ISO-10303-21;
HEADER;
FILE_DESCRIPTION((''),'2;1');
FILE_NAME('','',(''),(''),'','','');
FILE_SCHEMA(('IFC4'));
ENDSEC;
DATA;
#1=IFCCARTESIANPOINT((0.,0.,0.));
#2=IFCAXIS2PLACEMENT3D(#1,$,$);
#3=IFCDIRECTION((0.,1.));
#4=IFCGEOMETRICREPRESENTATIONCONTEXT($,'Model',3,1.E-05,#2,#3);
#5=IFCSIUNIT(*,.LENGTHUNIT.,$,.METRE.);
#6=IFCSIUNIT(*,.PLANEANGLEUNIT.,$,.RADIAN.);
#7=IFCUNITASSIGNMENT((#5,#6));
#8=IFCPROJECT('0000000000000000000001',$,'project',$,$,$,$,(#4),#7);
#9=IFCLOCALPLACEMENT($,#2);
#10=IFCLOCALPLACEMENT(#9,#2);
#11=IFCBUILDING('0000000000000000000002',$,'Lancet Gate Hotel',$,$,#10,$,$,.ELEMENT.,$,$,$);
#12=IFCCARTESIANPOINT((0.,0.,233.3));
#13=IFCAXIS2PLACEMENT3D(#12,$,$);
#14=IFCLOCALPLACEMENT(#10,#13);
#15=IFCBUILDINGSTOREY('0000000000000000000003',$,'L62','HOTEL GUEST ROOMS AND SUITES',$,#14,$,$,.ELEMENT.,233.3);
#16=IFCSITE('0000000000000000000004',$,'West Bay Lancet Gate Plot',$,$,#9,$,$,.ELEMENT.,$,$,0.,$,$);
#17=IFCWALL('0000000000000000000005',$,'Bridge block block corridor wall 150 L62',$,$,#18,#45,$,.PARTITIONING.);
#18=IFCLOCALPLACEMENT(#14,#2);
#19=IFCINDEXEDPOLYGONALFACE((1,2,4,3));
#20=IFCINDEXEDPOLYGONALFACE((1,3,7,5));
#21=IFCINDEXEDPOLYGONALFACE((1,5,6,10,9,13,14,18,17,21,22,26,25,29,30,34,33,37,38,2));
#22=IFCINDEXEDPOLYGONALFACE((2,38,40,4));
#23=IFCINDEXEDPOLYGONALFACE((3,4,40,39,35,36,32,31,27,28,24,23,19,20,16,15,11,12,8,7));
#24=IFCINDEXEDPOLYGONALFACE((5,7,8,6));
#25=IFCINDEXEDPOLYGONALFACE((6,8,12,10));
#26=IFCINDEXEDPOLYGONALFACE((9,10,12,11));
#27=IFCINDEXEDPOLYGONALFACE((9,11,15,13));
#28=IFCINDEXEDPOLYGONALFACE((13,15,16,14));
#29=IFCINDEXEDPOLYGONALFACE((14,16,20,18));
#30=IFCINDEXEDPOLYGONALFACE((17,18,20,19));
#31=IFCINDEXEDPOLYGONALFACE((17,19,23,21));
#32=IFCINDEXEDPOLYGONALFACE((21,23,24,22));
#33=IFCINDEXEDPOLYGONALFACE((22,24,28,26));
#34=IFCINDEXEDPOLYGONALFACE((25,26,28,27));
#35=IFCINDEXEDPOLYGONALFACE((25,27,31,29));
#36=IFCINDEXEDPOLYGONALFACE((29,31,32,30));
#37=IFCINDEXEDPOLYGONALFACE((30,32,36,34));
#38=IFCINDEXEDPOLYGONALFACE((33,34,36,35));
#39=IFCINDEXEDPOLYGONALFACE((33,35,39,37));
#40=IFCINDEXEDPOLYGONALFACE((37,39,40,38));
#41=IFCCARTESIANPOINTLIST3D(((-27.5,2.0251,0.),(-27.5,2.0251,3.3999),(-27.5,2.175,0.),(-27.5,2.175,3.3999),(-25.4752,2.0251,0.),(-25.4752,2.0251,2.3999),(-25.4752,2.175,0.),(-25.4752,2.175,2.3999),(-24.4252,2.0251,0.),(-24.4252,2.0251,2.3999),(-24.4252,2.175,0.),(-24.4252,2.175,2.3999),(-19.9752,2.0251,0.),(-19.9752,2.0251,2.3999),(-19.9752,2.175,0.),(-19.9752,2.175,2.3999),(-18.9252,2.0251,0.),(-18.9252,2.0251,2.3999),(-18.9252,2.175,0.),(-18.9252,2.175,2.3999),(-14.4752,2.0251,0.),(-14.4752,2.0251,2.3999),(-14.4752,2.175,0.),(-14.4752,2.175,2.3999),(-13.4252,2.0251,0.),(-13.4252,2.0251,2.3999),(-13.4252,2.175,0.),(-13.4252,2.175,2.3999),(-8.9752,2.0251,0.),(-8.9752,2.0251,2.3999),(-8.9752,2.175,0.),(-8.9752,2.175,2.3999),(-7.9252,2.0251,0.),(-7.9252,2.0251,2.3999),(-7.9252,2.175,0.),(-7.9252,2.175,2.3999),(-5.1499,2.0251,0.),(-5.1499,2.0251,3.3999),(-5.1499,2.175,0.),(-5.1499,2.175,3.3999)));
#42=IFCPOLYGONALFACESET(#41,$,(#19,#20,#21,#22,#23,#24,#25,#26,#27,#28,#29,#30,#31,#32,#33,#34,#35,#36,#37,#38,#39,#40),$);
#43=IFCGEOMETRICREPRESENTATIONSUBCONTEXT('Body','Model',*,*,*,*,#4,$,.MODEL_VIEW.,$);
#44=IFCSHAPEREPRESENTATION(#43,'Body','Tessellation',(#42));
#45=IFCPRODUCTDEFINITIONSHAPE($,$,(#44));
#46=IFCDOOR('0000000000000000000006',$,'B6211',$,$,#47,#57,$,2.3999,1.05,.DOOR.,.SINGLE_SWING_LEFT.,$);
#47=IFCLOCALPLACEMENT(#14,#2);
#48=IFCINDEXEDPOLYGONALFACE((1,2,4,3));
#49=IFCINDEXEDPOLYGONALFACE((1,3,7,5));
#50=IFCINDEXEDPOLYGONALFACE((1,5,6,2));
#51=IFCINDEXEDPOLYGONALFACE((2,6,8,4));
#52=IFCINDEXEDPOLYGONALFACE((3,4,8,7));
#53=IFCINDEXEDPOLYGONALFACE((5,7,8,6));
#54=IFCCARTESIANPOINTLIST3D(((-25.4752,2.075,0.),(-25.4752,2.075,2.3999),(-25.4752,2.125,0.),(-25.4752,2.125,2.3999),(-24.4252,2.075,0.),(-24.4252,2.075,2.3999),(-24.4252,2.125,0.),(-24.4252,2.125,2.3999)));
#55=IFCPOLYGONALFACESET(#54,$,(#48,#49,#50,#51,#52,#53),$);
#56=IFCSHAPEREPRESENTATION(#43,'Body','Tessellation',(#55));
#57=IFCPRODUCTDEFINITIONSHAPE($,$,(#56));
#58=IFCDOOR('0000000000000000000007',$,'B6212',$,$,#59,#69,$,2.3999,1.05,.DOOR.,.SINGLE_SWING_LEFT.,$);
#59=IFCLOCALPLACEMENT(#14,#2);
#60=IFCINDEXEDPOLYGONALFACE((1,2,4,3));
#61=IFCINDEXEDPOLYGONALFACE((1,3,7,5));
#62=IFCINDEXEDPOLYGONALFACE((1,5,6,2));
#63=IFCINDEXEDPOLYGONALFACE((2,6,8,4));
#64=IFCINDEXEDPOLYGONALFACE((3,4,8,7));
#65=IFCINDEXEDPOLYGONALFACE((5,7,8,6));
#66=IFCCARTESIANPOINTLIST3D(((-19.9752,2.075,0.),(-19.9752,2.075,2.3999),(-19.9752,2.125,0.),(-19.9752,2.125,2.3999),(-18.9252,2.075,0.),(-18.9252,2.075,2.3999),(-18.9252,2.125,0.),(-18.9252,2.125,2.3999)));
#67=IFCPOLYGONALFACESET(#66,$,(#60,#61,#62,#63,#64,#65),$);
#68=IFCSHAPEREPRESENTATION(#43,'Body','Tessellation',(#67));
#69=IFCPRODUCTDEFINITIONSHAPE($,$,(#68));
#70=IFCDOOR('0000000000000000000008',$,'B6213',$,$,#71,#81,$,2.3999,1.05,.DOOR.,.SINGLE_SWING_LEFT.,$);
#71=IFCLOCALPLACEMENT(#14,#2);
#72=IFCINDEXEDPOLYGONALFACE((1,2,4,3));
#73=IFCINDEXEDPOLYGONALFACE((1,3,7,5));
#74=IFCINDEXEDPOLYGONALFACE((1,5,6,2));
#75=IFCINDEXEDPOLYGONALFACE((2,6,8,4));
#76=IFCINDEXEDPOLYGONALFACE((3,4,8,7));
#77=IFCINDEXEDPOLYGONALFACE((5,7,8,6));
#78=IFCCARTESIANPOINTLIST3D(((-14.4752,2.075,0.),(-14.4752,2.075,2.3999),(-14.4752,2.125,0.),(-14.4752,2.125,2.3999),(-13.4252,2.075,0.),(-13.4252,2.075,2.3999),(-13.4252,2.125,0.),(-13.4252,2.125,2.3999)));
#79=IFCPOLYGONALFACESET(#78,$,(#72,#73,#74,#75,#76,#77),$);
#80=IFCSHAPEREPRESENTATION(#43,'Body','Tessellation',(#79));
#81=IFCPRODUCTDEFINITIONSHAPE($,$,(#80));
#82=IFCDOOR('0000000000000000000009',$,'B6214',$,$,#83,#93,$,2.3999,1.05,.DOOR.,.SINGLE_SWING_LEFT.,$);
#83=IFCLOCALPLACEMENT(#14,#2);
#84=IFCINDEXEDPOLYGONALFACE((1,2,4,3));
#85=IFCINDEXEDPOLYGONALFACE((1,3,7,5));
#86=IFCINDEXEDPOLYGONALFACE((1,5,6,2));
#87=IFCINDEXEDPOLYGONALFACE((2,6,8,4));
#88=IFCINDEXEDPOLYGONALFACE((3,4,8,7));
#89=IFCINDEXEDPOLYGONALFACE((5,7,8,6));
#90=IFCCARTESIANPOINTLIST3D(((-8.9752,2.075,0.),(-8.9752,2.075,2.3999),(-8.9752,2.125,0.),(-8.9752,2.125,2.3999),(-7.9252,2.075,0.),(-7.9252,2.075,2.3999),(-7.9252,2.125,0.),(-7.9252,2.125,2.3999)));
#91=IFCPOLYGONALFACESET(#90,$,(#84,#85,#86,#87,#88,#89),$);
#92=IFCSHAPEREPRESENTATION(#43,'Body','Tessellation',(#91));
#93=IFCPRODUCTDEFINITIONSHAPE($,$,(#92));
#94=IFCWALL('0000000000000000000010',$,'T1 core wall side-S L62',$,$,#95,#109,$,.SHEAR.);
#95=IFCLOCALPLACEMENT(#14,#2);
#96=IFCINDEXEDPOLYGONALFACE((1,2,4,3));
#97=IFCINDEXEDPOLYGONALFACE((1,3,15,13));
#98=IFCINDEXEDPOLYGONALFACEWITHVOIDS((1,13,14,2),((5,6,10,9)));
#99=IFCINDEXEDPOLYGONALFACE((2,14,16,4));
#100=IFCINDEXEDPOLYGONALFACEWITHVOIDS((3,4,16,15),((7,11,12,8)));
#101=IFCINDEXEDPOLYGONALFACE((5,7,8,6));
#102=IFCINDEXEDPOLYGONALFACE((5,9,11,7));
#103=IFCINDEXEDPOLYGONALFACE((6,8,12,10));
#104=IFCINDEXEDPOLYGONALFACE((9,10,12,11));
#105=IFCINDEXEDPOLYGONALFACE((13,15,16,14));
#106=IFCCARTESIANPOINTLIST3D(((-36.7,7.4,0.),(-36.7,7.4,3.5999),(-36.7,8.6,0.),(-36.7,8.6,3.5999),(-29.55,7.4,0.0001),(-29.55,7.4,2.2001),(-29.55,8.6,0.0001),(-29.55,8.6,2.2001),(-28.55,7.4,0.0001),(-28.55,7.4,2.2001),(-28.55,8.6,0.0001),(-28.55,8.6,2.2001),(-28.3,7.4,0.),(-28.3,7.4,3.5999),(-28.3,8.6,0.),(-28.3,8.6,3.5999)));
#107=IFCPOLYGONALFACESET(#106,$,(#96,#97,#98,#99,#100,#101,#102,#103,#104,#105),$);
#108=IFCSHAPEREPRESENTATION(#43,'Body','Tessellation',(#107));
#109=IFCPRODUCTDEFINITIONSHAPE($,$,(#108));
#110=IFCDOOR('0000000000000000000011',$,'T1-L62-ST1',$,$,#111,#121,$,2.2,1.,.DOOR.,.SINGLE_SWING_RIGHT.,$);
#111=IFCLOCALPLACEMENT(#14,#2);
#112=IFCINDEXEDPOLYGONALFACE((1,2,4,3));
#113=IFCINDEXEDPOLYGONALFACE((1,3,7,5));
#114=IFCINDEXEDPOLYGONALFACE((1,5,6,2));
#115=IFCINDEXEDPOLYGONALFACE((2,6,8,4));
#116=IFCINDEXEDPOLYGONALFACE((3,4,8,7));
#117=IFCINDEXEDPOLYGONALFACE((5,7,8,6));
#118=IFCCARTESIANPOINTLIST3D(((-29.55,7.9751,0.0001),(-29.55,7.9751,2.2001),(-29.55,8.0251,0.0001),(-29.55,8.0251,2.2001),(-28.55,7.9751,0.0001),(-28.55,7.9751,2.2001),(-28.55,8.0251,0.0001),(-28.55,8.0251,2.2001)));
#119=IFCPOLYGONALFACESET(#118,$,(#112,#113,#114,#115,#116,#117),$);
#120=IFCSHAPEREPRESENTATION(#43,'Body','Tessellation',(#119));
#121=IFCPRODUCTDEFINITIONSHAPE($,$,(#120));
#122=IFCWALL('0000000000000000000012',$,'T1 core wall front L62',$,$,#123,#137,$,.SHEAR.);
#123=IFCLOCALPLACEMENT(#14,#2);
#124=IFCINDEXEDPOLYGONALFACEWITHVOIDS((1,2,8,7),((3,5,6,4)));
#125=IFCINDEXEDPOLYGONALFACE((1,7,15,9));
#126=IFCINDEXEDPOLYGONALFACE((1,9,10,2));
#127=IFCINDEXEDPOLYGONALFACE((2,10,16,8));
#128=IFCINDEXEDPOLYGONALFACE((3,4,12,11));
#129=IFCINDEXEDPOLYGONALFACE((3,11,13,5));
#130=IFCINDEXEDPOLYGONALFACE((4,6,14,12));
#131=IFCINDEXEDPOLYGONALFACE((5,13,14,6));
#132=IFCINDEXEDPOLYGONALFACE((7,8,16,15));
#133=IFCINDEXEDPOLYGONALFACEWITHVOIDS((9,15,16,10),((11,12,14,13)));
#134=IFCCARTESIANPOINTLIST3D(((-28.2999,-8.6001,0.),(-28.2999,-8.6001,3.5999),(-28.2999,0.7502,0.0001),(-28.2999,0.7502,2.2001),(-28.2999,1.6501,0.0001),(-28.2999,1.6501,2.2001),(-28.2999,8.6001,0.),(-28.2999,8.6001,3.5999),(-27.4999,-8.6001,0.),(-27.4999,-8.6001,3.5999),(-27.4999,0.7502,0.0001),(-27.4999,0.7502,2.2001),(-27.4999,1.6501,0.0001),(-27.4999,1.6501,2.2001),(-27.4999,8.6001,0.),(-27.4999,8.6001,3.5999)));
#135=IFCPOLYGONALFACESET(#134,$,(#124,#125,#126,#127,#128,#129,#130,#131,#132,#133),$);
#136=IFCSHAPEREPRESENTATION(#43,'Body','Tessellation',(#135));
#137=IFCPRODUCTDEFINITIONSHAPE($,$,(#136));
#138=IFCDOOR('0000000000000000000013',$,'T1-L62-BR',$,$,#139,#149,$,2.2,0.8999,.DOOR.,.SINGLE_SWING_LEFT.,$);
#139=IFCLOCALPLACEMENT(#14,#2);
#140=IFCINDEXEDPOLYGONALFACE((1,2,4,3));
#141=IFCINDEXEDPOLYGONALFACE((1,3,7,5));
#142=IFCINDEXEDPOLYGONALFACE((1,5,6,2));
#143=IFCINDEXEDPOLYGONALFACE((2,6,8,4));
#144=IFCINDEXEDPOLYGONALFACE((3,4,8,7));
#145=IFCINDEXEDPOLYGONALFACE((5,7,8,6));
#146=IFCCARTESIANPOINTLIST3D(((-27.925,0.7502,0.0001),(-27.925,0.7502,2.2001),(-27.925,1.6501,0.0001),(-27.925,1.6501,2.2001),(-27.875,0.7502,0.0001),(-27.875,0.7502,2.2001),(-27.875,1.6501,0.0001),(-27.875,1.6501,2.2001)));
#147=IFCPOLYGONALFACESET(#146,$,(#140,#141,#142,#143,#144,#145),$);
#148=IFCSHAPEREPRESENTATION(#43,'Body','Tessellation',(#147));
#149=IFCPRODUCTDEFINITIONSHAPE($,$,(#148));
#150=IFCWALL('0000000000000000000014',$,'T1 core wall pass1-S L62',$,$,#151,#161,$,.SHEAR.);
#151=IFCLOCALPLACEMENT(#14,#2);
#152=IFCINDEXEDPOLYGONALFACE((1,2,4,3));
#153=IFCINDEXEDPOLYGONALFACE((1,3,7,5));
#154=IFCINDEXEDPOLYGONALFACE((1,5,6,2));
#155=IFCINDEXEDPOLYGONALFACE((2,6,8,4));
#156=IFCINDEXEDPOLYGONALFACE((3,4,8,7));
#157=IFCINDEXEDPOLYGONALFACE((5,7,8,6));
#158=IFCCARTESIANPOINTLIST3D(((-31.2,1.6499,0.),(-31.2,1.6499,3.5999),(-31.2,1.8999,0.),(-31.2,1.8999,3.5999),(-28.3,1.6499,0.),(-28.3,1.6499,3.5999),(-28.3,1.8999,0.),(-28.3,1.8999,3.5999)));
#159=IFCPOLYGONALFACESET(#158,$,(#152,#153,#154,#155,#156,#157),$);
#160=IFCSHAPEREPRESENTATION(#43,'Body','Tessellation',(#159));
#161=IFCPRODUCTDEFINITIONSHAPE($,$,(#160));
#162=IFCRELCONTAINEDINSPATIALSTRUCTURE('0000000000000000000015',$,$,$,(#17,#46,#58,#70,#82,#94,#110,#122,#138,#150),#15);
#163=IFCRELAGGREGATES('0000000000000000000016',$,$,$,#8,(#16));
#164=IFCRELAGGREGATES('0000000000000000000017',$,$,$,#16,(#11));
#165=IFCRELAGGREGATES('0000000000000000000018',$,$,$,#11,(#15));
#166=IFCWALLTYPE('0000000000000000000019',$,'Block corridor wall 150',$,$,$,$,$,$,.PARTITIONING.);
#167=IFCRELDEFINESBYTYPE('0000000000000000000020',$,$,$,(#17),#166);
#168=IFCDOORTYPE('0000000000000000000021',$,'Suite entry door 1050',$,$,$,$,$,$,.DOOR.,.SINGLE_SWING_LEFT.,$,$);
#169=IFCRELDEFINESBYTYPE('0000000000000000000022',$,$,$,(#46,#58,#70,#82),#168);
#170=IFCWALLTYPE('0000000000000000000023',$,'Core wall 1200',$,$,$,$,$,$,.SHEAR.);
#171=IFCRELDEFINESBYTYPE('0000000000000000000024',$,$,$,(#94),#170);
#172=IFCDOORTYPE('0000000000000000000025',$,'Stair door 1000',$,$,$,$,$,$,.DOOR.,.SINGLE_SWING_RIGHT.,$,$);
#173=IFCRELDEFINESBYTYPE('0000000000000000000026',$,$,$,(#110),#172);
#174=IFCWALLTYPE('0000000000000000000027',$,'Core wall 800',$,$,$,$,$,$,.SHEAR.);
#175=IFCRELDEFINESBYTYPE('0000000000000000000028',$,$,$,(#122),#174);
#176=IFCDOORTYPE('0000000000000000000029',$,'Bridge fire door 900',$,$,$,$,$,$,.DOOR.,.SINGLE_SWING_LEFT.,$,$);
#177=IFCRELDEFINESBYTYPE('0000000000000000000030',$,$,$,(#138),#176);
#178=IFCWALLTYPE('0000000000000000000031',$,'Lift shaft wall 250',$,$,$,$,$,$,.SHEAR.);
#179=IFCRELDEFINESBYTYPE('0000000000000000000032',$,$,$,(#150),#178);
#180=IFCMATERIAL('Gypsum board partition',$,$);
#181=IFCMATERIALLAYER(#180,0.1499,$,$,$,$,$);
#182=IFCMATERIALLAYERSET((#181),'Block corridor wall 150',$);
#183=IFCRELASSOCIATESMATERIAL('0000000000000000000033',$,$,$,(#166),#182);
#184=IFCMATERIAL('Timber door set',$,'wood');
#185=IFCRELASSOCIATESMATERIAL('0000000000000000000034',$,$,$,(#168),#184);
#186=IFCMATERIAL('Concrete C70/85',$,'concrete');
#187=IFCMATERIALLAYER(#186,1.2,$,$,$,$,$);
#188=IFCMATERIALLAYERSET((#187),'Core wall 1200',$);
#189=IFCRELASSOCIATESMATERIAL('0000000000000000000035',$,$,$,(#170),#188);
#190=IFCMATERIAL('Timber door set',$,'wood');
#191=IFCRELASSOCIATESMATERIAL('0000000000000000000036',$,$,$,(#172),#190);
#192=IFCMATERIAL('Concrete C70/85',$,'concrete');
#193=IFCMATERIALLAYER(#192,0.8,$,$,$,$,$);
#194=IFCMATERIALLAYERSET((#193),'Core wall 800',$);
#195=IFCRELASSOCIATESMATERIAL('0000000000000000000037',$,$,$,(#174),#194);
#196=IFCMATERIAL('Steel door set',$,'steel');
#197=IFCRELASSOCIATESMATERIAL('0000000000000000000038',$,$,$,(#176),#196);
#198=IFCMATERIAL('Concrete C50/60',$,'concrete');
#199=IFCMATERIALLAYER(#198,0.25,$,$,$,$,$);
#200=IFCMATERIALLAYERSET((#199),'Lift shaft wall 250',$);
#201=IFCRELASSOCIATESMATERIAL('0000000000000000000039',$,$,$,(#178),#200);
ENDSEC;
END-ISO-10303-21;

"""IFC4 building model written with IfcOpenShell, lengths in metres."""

from ifc_helpers import new_model, si_unit, direction, frame, frame_2d, origin, place, context, subcontext, project, spatial, rectangle, extrude, material, layer, layer_set, type_object, element, fill, save


model = new_model("IFC4")

# Units and contexts
model_context = context("Model", 3, precision=1e-05, world=origin(), true_north=direction((0.0, 1.0)))
body_context = subcontext(model_context, "Body", "Model", "MODEL_VIEW")
ifc_project = project(units=[si_unit("LENGTHUNIT", "METRE"), si_unit("PLANEANGLEUNIT", "RADIAN")], contexts=[model_context])

# Site, building, storey
site_placement = place(None, origin())
site = spatial("IfcSite", under=ifc_project, at=site_placement, Name="West Bay Lancet Gate Plot", CompositionType="ELEMENT", RefElevation=0.0)
building_placement = place(site_placement, origin())
building = spatial("IfcBuilding", under=site, at=building_placement, Name="Lancet Gate Hotel", CompositionType="ELEMENT")
storey_placement = place(building_placement, frame((0.0, 0.0, 233.3)))
storey = spatial("IfcBuildingStorey", under=building, at=storey_placement, Name="L62", Description="HOTEL GUEST ROOMS AND SUITES", CompositionType="ELEMENT", Elevation=233.3)

# Wall, openings, doors
ifc_material_1 = material(Name="Gypsum board partition")
ifc_layer_1 = layer(ifc_material_1, 0.1499)
ifc_layer_set_1 = layer_set([ifc_layer_1], Name="Block corridor wall 150")
wall_type_1 = type_object("IfcWallType", Name="Block corridor wall 150", PredefinedType="PARTITIONING", material=ifc_layer_set_1)
ifc_material_2 = material(Name="Timber door set", Category="wood")
door_type_1 = type_object("IfcDoorType", Name="Suite entry door 1050", OperationType="SINGLE_SWING_LEFT", PredefinedType="DOOR", material=ifc_material_2)
wall_1_placement = place(storey_placement, frame((-27.5, 2.1001, 0.0), z_axis=(0.0, 0.0, 1.0), x_axis=(1.0, 0.0, 0.0)))
wall_1 = element("IfcWall", 1, at=wall_1_placement, inside=storey, type_object=wall_type_1, Name="Bridge block block corridor wall 150 L62", PredefinedType="PARTITIONING", context=body_context, shape_type="SweptSolid", body=[
    extrude(rectangle(XDim=22.3501, YDim=0.1499, at=frame_2d((11.175, 0.0))), origin(), (0.0, 0.0, 1.0), 3.3999),
])
opening_1_placement = place(wall_1_placement, frame((2.0249, 0.0, 0.0)))
opening_1 = element("IfcOpeningElement", 2, at=opening_1_placement, cuts=wall_1, PredefinedType="OPENING", context=body_context, shape_type="SweptSolid", body=[
    extrude(rectangle(XDim=1.05, YDim=2.3999, at=frame_2d((0.5249, 1.2))), frame((0.0, 0.085, 0.0), z_axis=(0.0, -1.0, 0.0), x_axis=(1.0, 0.0, 0.0)), (0.0, 0.0, 1.0), 0.1699),
])
opening_2_placement = place(wall_1_placement, frame((7.5249, 0.0, 0.0)))
opening_2 = element("IfcOpeningElement", 3, at=opening_2_placement, cuts=wall_1, PredefinedType="OPENING", context=body_context, shape_type="SweptSolid", body=[
    extrude(rectangle(XDim=1.05, YDim=2.3999, at=frame_2d((0.5249, 1.2))), frame((0.0, 0.085, 0.0), z_axis=(0.0, -1.0, 0.0), x_axis=(1.0, 0.0, 0.0)), (0.0, 0.0, 1.0), 0.1699),
])
opening_3_placement = place(wall_1_placement, frame((13.0249, 0.0, 0.0)))
opening_3 = element("IfcOpeningElement", 4, at=opening_3_placement, cuts=wall_1, PredefinedType="OPENING", context=body_context, shape_type="SweptSolid", body=[
    extrude(rectangle(XDim=1.05, YDim=2.3999, at=frame_2d((0.5249, 1.2))), frame((0.0, 0.085, 0.0), z_axis=(0.0, -1.0, 0.0), x_axis=(1.0, 0.0, 0.0)), (0.0, 0.0, 1.0), 0.1699),
])
opening_4_placement = place(wall_1_placement, frame((18.5249, 0.0, 0.0)))
opening_4 = element("IfcOpeningElement", 5, at=opening_4_placement, cuts=wall_1, PredefinedType="OPENING", context=body_context, shape_type="SweptSolid", body=[
    extrude(rectangle(XDim=1.05, YDim=2.3999, at=frame_2d((0.5249, 1.2))), frame((0.0, 0.085, 0.0), z_axis=(0.0, -1.0, 0.0), x_axis=(1.0, 0.0, 0.0)), (0.0, 0.0, 1.0), 0.1699),
])
door_1_placement = place(opening_1_placement, origin())
door_1 = element("IfcDoor", 6, at=door_1_placement, inside=storey, type_object=door_type_1, Name="B6211", OperationType="SINGLE_SWING_LEFT", OverallHeight=2.3999, OverallWidth=1.05, PredefinedType="DOOR", context=body_context, shape_type="SweptSolid", body=[
    extrude(rectangle(XDim=1.05, YDim=2.3999, at=frame_2d((0.5249, 1.2))), frame((0.0, 0.0249, 0.0), z_axis=(0.0, -1.0, 0.0), x_axis=(1.0, 0.0, 0.0)), (0.0, 0.0, 1.0), 0.05),
])
fill(opening_1, door_1)
door_2_placement = place(opening_2_placement, origin())
door_2 = element("IfcDoor", 7, at=door_2_placement, inside=storey, type_object=door_type_1, Name="B6212", OperationType="SINGLE_SWING_LEFT", OverallHeight=2.3999, OverallWidth=1.05, PredefinedType="DOOR", context=body_context, shape_type="SweptSolid", body=[
    extrude(rectangle(XDim=1.05, YDim=2.3999, at=frame_2d((0.5249, 1.2))), frame((0.0, 0.0249, 0.0), z_axis=(0.0, -1.0, 0.0), x_axis=(1.0, 0.0, 0.0)), (0.0, 0.0, 1.0), 0.05),
])
fill(opening_2, door_2)
door_3_placement = place(opening_3_placement, origin())
door_3 = element("IfcDoor", 8, at=door_3_placement, inside=storey, type_object=door_type_1, Name="B6213", OperationType="SINGLE_SWING_LEFT", OverallHeight=2.3999, OverallWidth=1.05, PredefinedType="DOOR", context=body_context, shape_type="SweptSolid", body=[
    extrude(rectangle(XDim=1.05, YDim=2.3999, at=frame_2d((0.5249, 1.2))), frame((0.0, 0.0249, 0.0), z_axis=(0.0, -1.0, 0.0), x_axis=(1.0, 0.0, 0.0)), (0.0, 0.0, 1.0), 0.05),
])
fill(opening_3, door_3)
door_4_placement = place(opening_4_placement, origin())
door_4 = element("IfcDoor", 9, at=door_4_placement, inside=storey, type_object=door_type_1, Name="B6214", OperationType="SINGLE_SWING_LEFT", OverallHeight=2.3999, OverallWidth=1.05, PredefinedType="DOOR", context=body_context, shape_type="SweptSolid", body=[
    extrude(rectangle(XDim=1.05, YDim=2.3999, at=frame_2d((0.5249, 1.2))), frame((0.0, 0.0249, 0.0), z_axis=(0.0, -1.0, 0.0), x_axis=(1.0, 0.0, 0.0)), (0.0, 0.0, 1.0), 0.05),
])
fill(opening_4, door_4)

# Walls, openings, doors
ifc_material_3 = material(Name="Concrete C70/85", Category="concrete")
ifc_layer_2 = layer(ifc_material_3, 1.2)
ifc_layer_set_2 = layer_set([ifc_layer_2], Name="Core wall 1200")
wall_type_2 = type_object("IfcWallType", Name="Core wall 1200", PredefinedType="SHEAR", material=ifc_layer_set_2)
wall_2_placement = place(storey_placement, frame((-28.3, 8.0, 0.0), z_axis=(0.0, 0.0, 1.0), x_axis=(-1.0, 0.0, 0.0)))
wall_2 = element("IfcWall", 10, at=wall_2_placement, inside=storey, type_object=wall_type_2, Name="T1 core wall side-S L62", PredefinedType="SHEAR", context=body_context, shape_type="SweptSolid", body=[
    extrude(rectangle(XDim=8.3999, YDim=1.2, at=frame_2d((4.2, 0.0))), origin(), (0.0, 0.0, 1.0), 3.5999),
])
opening_5_placement = place(wall_2_placement, frame((0.25, 0.0, 0.0)))
opening_5 = element("IfcOpeningElement", 11, at=opening_5_placement, cuts=wall_2, PredefinedType="OPENING", context=body_context, shape_type="SweptSolid", body=[
    extrude(rectangle(XDim=1.0, YDim=2.2, at=frame_2d((0.5, 1.1001))), frame((0.0, 0.6099, 0.0), z_axis=(0.0, -1.0, 0.0), x_axis=(1.0, 0.0, 0.0)), (0.0, 0.0, 1.0), 1.22),
])
ifc_material_4 = material(Name="Timber door set", Category="wood")
door_type_2 = type_object("IfcDoorType", Name="Stair door 1000", OperationType="SINGLE_SWING_RIGHT", PredefinedType="DOOR", material=ifc_material_4)
door_5_placement = place(opening_5_placement, origin())
door_5 = element("IfcDoor", 12, at=door_5_placement, inside=storey, type_object=door_type_2, Name="T1-L62-ST1", OperationType="SINGLE_SWING_RIGHT", OverallHeight=2.2, OverallWidth=1.0, PredefinedType="DOOR", context=body_context, shape_type="SweptSolid", body=[
    extrude(rectangle(XDim=1.0, YDim=2.2, at=frame_2d((0.5, 1.1001))), frame((0.0, 0.0249, 0.0), z_axis=(0.0, -1.0, 0.0), x_axis=(1.0, 0.0, 0.0)), (0.0, 0.0, 1.0), 0.05),
])
fill(opening_5, door_5)
ifc_material_5 = material(Name="Concrete C70/85", Category="concrete")
ifc_layer_3 = layer(ifc_material_5, 0.8)
ifc_layer_set_3 = layer_set([ifc_layer_3], Name="Core wall 800")
wall_type_3 = type_object("IfcWallType", Name="Core wall 800", PredefinedType="SHEAR", material=ifc_layer_set_3)
wall_3_placement = place(storey_placement, frame((-27.8999, 8.6001, 0.0), z_axis=(0.0, 0.0, 1.0), x_axis=(0.0, -1.0, 0.0)))
wall_3 = element("IfcWall", 13, at=wall_3_placement, inside=storey, type_object=wall_type_3, Name="T1 core wall front L62", PredefinedType="SHEAR", context=body_context, shape_type="SweptSolid", body=[
    extrude(rectangle(XDim=17.2002, YDim=0.8, at=frame_2d((8.6001, 0.0))), origin(), (0.0, 0.0, 1.0), 3.5999),
])
opening_6_placement = place(wall_3_placement, frame((6.95, 0.0, 0.0)))
opening_6 = element("IfcOpeningElement", 14, at=opening_6_placement, cuts=wall_3, PredefinedType="OPENING", context=body_context, shape_type="SweptSolid", body=[
    extrude(rectangle(XDim=0.8999, YDim=2.2, at=frame_2d((0.45, 1.1001))), frame((0.0, 0.4099, 0.0), z_axis=(0.0, -1.0, 0.0), x_axis=(1.0, 0.0, 0.0)), (0.0, 0.0, 1.0), 0.8201),
])
ifc_material_6 = material(Name="Steel door set", Category="steel")
door_type_3 = type_object("IfcDoorType", Name="Bridge fire door 900", OperationType="SINGLE_SWING_LEFT", PredefinedType="DOOR", material=ifc_material_6)
door_6_placement = place(opening_6_placement, origin())
door_6 = element("IfcDoor", 15, at=door_6_placement, inside=storey, type_object=door_type_3, Name="T1-L62-BR", OperationType="SINGLE_SWING_LEFT", OverallHeight=2.2, OverallWidth=0.8999, PredefinedType="DOOR", context=body_context, shape_type="SweptSolid", body=[
    extrude(rectangle(XDim=0.8999, YDim=2.2, at=frame_2d((0.45, 1.1001))), frame((0.0, 0.0249, 0.0), z_axis=(0.0, -1.0, 0.0), x_axis=(1.0, 0.0, 0.0)), (0.0, 0.0, 1.0), 0.05),
])
fill(opening_6, door_6)

# Wall
ifc_material_7 = material(Name="Concrete C50/60", Category="concrete")
ifc_layer_4 = layer(ifc_material_7, 0.25)
ifc_layer_set_4 = layer_set([ifc_layer_4], Name="Lift shaft wall 250")
wall_type_4 = type_object("IfcWallType", Name="Lift shaft wall 250", PredefinedType="SHEAR", material=ifc_layer_set_4)
wall_4_placement = place(storey_placement, frame((-28.3, 1.7749, 0.0), z_axis=(0.0, 0.0, 1.0), x_axis=(-1.0, 0.0, 0.0)))
element("IfcWall", 16, at=wall_4_placement, inside=storey, type_object=wall_type_4, Name="T1 core wall pass1-S L62", PredefinedType="SHEAR", context=body_context, shape_type="SweptSolid", body=[
    extrude(rectangle(XDim=2.8999, YDim=0.25, at=frame_2d((1.45, 0.0))), origin(), (0.0, 0.0, 1.0), 3.5999),
])

save(model, "model.ifc")
